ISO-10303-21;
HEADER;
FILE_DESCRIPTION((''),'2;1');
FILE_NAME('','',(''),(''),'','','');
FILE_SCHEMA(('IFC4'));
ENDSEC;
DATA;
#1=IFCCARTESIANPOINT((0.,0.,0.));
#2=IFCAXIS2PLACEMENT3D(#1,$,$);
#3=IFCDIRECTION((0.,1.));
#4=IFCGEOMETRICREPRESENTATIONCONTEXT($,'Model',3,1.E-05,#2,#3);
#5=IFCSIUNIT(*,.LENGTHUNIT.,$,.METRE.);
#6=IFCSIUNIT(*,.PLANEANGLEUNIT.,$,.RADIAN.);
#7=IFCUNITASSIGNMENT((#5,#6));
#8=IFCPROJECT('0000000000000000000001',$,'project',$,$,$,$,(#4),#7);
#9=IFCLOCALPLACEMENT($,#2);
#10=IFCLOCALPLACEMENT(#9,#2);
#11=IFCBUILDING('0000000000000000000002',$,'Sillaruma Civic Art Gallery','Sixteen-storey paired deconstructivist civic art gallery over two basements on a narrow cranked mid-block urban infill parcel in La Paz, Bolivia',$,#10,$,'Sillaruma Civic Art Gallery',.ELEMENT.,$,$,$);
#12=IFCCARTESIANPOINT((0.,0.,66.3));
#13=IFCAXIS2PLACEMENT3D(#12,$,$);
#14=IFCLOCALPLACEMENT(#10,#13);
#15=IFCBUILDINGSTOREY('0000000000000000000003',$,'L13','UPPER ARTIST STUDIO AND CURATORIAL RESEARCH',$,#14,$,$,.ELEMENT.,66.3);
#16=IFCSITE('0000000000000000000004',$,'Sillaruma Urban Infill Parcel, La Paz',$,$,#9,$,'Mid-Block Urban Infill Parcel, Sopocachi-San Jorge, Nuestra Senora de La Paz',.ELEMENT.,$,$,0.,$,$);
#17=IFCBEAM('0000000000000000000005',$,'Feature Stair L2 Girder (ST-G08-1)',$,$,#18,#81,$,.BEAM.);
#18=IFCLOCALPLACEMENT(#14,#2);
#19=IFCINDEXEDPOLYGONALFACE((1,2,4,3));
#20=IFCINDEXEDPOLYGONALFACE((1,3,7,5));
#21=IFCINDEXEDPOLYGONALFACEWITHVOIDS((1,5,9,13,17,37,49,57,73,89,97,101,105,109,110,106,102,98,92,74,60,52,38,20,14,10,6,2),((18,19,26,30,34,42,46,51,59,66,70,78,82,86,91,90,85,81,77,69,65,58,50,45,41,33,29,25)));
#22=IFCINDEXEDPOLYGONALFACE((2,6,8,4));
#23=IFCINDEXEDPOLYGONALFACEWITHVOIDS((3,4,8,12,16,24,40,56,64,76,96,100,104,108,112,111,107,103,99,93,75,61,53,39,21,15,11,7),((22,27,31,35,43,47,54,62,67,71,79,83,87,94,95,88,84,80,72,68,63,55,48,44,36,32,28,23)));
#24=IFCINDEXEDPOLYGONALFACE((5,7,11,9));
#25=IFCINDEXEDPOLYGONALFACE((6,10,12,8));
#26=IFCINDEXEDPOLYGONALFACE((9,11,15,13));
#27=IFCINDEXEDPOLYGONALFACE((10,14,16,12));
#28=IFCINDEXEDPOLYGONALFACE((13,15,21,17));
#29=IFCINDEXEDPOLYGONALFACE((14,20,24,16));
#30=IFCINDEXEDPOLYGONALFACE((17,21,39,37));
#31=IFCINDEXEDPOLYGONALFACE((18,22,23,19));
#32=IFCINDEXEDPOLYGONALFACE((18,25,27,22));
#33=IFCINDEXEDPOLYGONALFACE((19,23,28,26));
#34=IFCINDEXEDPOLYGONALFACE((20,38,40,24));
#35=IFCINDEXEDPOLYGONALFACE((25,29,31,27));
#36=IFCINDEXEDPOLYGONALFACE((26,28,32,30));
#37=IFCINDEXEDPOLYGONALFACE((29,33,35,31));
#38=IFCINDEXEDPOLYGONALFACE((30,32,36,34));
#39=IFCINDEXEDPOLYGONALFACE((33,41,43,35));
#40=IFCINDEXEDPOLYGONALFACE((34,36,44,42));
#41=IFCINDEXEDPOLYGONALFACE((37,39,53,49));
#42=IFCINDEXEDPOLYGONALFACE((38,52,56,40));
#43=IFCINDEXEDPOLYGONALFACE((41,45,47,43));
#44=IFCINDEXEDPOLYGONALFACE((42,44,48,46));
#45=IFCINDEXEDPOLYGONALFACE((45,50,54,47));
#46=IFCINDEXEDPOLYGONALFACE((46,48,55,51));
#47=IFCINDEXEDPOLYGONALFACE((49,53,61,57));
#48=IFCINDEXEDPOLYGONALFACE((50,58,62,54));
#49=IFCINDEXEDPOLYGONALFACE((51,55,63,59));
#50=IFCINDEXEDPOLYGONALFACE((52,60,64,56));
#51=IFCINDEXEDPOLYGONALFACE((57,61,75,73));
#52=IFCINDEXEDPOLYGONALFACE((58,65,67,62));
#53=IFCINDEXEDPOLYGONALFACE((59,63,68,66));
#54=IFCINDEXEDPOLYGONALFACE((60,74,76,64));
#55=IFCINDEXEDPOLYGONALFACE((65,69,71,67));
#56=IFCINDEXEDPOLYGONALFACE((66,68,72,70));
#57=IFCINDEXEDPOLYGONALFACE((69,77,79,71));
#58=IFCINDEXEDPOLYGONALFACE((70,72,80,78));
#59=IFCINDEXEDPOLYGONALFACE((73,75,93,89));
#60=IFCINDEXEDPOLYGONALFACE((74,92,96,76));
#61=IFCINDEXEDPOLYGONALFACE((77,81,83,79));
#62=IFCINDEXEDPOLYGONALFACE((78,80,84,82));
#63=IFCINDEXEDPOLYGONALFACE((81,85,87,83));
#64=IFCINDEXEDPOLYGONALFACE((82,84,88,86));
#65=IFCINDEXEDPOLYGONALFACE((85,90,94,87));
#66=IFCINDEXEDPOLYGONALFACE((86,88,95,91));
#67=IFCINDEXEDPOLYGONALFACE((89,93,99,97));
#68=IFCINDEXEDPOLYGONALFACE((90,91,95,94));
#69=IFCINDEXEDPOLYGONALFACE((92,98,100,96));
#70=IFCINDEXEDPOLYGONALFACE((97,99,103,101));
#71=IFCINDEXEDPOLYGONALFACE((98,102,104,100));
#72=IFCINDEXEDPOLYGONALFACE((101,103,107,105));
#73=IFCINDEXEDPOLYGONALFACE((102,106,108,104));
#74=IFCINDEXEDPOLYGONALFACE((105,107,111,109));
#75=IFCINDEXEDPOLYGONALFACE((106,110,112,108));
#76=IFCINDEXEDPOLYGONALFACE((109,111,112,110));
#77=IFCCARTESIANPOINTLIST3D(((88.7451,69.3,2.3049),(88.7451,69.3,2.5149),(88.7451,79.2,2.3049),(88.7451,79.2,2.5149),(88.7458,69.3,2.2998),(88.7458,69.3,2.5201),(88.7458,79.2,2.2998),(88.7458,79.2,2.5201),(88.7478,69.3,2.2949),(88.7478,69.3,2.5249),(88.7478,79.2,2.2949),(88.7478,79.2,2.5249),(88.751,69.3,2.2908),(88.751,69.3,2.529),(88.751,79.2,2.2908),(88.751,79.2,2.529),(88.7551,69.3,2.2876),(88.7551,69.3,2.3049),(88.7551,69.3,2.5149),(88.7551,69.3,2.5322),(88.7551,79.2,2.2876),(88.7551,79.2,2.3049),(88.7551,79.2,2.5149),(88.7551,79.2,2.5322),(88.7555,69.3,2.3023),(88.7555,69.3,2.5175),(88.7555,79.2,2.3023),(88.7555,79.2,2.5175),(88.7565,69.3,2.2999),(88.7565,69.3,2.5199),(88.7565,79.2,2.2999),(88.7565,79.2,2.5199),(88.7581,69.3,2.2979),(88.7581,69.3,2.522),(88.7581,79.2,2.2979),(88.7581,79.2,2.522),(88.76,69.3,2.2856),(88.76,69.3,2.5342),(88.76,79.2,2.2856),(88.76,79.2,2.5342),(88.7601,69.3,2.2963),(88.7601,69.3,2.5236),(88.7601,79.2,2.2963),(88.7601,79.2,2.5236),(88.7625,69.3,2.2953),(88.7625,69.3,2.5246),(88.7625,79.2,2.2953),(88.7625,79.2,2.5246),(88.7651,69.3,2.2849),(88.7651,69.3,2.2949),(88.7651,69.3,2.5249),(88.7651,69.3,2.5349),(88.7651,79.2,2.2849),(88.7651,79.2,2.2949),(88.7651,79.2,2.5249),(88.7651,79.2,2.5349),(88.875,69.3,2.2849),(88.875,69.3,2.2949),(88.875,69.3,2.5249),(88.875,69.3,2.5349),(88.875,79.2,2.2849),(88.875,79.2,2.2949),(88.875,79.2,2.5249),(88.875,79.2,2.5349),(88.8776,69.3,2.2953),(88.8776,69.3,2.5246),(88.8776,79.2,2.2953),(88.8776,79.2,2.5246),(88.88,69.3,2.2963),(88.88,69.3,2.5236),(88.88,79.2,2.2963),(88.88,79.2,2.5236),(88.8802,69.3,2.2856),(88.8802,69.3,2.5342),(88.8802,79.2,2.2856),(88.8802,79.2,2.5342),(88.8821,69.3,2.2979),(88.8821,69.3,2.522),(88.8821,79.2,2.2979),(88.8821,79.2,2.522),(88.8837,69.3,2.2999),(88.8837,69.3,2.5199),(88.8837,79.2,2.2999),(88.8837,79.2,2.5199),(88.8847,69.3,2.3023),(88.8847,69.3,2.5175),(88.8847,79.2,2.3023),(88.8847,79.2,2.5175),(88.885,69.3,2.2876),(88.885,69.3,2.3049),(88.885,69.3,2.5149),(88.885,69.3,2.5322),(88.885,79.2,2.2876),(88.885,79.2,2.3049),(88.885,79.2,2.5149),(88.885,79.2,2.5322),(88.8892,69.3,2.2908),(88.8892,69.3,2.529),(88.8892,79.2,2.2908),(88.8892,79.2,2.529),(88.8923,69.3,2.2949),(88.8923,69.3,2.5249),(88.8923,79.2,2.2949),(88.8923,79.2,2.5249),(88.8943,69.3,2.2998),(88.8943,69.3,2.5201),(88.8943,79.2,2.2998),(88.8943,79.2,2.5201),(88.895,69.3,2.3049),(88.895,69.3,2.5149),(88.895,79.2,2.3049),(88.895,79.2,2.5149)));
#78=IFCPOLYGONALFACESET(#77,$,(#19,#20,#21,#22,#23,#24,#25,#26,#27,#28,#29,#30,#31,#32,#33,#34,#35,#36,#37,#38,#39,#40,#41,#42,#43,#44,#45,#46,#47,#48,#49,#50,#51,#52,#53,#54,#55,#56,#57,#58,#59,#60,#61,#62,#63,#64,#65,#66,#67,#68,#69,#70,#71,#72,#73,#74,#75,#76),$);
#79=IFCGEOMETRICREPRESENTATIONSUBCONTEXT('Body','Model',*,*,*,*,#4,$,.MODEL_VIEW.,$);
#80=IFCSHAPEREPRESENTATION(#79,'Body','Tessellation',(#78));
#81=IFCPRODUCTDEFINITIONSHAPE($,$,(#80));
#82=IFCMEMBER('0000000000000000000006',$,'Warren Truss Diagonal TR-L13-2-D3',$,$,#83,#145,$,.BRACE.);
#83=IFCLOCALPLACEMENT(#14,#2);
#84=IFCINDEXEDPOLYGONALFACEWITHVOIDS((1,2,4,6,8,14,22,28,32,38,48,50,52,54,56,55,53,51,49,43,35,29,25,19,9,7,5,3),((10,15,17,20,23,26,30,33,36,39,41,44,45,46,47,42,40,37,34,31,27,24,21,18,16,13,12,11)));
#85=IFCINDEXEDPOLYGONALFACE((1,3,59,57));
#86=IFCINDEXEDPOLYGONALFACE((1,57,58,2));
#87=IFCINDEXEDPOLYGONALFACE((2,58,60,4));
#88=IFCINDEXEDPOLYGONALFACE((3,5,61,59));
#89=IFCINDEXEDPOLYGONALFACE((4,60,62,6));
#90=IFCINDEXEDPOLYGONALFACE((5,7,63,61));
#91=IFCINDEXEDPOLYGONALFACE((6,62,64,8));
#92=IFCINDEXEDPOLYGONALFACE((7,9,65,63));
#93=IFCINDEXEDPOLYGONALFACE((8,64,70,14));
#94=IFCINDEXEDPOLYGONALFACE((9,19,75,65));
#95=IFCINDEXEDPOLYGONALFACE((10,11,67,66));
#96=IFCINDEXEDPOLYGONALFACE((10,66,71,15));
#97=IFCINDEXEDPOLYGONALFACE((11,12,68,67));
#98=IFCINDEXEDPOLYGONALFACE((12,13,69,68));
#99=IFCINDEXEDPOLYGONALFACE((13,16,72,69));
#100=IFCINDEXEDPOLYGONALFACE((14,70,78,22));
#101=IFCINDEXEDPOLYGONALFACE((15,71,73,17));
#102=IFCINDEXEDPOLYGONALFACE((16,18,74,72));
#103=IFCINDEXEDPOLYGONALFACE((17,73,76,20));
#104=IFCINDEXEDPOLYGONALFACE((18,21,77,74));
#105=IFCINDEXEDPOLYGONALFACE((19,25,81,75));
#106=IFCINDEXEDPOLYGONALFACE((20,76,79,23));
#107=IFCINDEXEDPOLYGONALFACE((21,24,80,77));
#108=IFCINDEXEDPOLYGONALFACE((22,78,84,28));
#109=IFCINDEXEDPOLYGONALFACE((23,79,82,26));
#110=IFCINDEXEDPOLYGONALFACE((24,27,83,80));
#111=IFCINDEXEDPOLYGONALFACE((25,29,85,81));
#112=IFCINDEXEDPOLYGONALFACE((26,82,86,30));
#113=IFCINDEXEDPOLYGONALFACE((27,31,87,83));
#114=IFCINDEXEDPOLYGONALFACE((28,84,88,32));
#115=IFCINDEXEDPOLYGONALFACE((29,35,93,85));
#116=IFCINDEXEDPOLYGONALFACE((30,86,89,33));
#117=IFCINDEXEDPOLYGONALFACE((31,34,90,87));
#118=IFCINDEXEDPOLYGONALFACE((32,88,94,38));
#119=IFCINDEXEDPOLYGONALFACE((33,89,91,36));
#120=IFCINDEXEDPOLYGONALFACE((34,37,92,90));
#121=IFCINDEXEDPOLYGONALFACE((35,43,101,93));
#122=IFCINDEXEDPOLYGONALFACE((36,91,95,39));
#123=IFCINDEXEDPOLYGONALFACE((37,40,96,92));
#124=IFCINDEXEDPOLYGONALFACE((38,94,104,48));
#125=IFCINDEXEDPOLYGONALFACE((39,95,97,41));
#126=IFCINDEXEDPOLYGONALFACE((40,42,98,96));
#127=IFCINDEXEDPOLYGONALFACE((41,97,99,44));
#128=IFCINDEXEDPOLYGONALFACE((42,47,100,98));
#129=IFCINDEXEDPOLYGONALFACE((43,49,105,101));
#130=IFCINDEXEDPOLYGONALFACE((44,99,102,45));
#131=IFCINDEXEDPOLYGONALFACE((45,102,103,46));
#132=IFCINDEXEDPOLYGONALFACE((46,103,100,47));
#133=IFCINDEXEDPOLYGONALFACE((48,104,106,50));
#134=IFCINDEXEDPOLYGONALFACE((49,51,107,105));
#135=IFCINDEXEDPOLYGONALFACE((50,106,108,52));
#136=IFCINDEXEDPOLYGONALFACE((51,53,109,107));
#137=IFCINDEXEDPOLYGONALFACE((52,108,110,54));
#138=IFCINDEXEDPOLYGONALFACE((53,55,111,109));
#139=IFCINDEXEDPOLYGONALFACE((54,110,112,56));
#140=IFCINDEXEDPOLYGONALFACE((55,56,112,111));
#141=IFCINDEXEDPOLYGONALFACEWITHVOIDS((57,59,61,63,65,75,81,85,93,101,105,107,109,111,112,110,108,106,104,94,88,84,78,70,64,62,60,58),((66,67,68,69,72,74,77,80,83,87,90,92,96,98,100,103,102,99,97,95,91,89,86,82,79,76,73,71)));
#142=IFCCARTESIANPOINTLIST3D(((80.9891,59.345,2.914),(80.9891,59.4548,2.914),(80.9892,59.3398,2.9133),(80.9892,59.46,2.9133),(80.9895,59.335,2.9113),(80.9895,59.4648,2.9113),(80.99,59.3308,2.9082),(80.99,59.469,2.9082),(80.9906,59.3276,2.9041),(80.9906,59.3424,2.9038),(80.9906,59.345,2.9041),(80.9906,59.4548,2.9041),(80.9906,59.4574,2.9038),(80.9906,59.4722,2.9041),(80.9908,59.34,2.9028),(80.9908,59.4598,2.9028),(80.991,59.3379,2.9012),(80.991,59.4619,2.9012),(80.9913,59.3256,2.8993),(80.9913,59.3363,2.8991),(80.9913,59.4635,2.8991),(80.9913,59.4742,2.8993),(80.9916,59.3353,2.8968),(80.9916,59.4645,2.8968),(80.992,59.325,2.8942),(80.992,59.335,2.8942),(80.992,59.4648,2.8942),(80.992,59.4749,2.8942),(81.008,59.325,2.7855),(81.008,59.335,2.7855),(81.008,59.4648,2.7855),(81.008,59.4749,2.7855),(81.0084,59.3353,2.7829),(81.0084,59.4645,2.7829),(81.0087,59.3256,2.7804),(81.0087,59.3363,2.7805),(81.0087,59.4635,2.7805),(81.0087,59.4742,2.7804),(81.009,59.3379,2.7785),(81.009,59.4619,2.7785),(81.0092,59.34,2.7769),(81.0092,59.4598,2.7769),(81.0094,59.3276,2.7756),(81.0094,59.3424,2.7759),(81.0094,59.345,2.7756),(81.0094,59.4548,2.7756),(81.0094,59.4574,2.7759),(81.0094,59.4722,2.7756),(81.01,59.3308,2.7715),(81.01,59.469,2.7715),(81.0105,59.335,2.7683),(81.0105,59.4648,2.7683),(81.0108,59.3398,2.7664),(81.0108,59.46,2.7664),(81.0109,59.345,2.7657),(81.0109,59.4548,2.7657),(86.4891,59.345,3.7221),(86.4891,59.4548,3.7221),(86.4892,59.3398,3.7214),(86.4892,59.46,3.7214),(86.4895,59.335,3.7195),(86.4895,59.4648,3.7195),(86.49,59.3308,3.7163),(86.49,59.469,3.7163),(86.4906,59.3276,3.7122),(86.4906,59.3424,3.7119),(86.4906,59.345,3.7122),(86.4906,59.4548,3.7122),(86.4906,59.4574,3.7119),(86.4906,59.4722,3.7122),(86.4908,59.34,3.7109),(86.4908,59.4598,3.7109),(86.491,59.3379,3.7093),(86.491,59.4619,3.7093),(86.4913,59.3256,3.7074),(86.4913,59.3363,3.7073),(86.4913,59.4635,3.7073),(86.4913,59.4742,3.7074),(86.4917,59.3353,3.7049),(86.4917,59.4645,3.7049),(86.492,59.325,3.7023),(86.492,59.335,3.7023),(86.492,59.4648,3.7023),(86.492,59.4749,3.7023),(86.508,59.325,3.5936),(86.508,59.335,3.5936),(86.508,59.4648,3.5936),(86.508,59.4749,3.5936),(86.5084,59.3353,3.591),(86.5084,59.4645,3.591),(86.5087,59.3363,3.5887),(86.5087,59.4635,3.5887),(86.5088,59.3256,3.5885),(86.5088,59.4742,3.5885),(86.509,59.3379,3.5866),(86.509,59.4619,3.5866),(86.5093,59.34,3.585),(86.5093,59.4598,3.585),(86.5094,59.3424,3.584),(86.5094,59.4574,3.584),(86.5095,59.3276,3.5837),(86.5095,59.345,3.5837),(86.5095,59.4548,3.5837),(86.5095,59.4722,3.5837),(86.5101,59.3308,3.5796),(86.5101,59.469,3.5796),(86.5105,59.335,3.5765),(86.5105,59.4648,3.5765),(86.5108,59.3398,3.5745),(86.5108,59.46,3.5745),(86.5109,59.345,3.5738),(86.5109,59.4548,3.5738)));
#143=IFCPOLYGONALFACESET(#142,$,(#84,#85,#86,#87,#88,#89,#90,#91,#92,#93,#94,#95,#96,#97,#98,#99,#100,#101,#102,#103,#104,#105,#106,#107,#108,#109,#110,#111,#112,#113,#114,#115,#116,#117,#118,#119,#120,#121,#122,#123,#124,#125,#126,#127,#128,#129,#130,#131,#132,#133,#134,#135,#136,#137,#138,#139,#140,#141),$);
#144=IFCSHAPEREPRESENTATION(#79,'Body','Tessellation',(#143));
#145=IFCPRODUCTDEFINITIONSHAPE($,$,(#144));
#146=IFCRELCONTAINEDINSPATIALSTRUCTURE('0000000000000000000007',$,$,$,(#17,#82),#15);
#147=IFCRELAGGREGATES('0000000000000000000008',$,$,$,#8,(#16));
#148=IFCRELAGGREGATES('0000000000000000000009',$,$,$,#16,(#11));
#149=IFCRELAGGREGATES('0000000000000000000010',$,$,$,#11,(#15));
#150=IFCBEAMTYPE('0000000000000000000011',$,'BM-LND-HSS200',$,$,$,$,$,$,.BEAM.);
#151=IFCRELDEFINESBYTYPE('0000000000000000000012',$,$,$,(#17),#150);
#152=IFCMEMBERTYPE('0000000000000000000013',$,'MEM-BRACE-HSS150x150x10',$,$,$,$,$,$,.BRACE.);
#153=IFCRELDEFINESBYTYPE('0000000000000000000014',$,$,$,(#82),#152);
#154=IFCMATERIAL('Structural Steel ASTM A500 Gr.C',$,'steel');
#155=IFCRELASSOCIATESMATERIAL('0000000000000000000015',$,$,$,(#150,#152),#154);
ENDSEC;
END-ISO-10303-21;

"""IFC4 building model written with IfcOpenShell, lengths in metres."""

from ifc_helpers import new_model, si_unit, direction, frame, origin, origin_2d, place, context, subcontext, project, spatial, hollow_rectangle, extrude, material, material_profile, profile_set, type_object, element, save


model = new_model("IFC4")

# Units and contexts
model_context = context("Model", 3, precision=1e-05, world=origin(), true_north=direction((0.0, 1.0)))
body_context = subcontext(model_context, "Body", "Model", "MODEL_VIEW")
ifc_project = project(units=[si_unit("LENGTHUNIT", "METRE"), si_unit("PLANEANGLEUNIT", "RADIAN")], contexts=[model_context])

# Site, building, storey
site_placement = place(None, origin())
site = spatial("IfcSite", under=ifc_project, at=site_placement, Name="Sillaruma Urban Infill Parcel, La Paz", LongName="Mid-Block Urban Infill Parcel, Sopocachi-San Jorge, Nuestra Senora de La Paz", CompositionType="ELEMENT", RefElevation=0.0)
building_placement = place(site_placement, origin())
building = spatial("IfcBuilding", under=site, at=building_placement, Name="Sillaruma Civic Art Gallery", Description="Sixteen-storey paired deconstructivist civic art gallery over two basements on a narrow cranked mid-block urban infill parcel in La Paz, Bolivia", LongName="Sillaruma Civic Art Gallery", CompositionType="ELEMENT")
storey_placement = place(building_placement, frame((0.0, 0.0, 66.3)))
storey = spatial("IfcBuildingStorey", under=building, at=storey_placement, Name="L13", Description="UPPER ARTIST STUDIO AND CURATORIAL RESEARCH", CompositionType="ELEMENT", Elevation=66.3)

# Beam
ifc_material_1 = material(Name="Structural Steel ASTM A500 Gr.C", Category="steel")
ifc_material_profile_1 = material_profile(ifc_material_1, hollow_rectangle(XDim=0.1499, YDim=0.25, WallThickness=0.01, InnerFilletRadius=0.01, OuterFilletRadius=0.02, at=origin_2d()), Name="HSS250x150x10")
ifc_profile_set_1 = profile_set([ifc_material_profile_1], Name="Structural Steel ASTM A500 Gr.C")
beam_type_1 = type_object("IfcBeamType", Name="BM-LND-HSS200", PredefinedType="BEAM", material=ifc_profile_set_1)
beam_1_placement = place(storey_placement, frame((88.8201, 69.3, 2.4099), z_axis=(0.0, 1.0, 0.0), x_axis=(-1.0, 0.0, 0.0)))
element("IfcBeam", 1, at=beam_1_placement, inside=storey, type_object=beam_type_1, Name="Feature Stair L2 Girder (ST-G08-1)", PredefinedType="BEAM", context=body_context, shape_type="SweptSolid", body=[
    extrude(hollow_rectangle(XDim=0.1499, YDim=0.25, WallThickness=0.01, InnerFilletRadius=0.01, OuterFilletRadius=0.02, at=origin_2d()), origin(), (0.0, 0.0, 1.0), 9.8999),
])

# Member
ifc_material_profile_2 = material_profile(ifc_material_1, hollow_rectangle(XDim=0.1499, YDim=0.1499, WallThickness=0.01, InnerFilletRadius=0.01, OuterFilletRadius=0.02, at=origin_2d()), Name="HSS150x150x10")
ifc_profile_set_2 = profile_set([ifc_material_profile_2], Name="Structural Steel ASTM A500 Gr.C")
member_type_1 = type_object("IfcMemberType", Name="MEM-BRACE-HSS150x150x10", PredefinedType="BRACE", material=ifc_profile_set_2)
for number, where, z_axis, x_axis, name in (
    (2, (81.0, 59.3999, 2.8398), (0.989378, 0.0, 0.145368), (0.0, 1.0, 0.0), "Warren Truss Diagonal TR-L13-2-D3"),
):
    element("IfcMember", number, at=place(storey_placement, frame(where, z_axis=z_axis, x_axis=x_axis)), inside=storey, type_object=member_type_1, Name=name, PredefinedType="BRACE", context=body_context, shape_type="SweptSolid", body=[
        extrude(hollow_rectangle(XDim=0.1499, YDim=0.1499, WallThickness=0.01, InnerFilletRadius=0.01, OuterFilletRadius=0.02, at=origin_2d()), origin(), (0.0, 0.0, 1.0), 5.5591),
    ])

save(model, "model.ifc")
